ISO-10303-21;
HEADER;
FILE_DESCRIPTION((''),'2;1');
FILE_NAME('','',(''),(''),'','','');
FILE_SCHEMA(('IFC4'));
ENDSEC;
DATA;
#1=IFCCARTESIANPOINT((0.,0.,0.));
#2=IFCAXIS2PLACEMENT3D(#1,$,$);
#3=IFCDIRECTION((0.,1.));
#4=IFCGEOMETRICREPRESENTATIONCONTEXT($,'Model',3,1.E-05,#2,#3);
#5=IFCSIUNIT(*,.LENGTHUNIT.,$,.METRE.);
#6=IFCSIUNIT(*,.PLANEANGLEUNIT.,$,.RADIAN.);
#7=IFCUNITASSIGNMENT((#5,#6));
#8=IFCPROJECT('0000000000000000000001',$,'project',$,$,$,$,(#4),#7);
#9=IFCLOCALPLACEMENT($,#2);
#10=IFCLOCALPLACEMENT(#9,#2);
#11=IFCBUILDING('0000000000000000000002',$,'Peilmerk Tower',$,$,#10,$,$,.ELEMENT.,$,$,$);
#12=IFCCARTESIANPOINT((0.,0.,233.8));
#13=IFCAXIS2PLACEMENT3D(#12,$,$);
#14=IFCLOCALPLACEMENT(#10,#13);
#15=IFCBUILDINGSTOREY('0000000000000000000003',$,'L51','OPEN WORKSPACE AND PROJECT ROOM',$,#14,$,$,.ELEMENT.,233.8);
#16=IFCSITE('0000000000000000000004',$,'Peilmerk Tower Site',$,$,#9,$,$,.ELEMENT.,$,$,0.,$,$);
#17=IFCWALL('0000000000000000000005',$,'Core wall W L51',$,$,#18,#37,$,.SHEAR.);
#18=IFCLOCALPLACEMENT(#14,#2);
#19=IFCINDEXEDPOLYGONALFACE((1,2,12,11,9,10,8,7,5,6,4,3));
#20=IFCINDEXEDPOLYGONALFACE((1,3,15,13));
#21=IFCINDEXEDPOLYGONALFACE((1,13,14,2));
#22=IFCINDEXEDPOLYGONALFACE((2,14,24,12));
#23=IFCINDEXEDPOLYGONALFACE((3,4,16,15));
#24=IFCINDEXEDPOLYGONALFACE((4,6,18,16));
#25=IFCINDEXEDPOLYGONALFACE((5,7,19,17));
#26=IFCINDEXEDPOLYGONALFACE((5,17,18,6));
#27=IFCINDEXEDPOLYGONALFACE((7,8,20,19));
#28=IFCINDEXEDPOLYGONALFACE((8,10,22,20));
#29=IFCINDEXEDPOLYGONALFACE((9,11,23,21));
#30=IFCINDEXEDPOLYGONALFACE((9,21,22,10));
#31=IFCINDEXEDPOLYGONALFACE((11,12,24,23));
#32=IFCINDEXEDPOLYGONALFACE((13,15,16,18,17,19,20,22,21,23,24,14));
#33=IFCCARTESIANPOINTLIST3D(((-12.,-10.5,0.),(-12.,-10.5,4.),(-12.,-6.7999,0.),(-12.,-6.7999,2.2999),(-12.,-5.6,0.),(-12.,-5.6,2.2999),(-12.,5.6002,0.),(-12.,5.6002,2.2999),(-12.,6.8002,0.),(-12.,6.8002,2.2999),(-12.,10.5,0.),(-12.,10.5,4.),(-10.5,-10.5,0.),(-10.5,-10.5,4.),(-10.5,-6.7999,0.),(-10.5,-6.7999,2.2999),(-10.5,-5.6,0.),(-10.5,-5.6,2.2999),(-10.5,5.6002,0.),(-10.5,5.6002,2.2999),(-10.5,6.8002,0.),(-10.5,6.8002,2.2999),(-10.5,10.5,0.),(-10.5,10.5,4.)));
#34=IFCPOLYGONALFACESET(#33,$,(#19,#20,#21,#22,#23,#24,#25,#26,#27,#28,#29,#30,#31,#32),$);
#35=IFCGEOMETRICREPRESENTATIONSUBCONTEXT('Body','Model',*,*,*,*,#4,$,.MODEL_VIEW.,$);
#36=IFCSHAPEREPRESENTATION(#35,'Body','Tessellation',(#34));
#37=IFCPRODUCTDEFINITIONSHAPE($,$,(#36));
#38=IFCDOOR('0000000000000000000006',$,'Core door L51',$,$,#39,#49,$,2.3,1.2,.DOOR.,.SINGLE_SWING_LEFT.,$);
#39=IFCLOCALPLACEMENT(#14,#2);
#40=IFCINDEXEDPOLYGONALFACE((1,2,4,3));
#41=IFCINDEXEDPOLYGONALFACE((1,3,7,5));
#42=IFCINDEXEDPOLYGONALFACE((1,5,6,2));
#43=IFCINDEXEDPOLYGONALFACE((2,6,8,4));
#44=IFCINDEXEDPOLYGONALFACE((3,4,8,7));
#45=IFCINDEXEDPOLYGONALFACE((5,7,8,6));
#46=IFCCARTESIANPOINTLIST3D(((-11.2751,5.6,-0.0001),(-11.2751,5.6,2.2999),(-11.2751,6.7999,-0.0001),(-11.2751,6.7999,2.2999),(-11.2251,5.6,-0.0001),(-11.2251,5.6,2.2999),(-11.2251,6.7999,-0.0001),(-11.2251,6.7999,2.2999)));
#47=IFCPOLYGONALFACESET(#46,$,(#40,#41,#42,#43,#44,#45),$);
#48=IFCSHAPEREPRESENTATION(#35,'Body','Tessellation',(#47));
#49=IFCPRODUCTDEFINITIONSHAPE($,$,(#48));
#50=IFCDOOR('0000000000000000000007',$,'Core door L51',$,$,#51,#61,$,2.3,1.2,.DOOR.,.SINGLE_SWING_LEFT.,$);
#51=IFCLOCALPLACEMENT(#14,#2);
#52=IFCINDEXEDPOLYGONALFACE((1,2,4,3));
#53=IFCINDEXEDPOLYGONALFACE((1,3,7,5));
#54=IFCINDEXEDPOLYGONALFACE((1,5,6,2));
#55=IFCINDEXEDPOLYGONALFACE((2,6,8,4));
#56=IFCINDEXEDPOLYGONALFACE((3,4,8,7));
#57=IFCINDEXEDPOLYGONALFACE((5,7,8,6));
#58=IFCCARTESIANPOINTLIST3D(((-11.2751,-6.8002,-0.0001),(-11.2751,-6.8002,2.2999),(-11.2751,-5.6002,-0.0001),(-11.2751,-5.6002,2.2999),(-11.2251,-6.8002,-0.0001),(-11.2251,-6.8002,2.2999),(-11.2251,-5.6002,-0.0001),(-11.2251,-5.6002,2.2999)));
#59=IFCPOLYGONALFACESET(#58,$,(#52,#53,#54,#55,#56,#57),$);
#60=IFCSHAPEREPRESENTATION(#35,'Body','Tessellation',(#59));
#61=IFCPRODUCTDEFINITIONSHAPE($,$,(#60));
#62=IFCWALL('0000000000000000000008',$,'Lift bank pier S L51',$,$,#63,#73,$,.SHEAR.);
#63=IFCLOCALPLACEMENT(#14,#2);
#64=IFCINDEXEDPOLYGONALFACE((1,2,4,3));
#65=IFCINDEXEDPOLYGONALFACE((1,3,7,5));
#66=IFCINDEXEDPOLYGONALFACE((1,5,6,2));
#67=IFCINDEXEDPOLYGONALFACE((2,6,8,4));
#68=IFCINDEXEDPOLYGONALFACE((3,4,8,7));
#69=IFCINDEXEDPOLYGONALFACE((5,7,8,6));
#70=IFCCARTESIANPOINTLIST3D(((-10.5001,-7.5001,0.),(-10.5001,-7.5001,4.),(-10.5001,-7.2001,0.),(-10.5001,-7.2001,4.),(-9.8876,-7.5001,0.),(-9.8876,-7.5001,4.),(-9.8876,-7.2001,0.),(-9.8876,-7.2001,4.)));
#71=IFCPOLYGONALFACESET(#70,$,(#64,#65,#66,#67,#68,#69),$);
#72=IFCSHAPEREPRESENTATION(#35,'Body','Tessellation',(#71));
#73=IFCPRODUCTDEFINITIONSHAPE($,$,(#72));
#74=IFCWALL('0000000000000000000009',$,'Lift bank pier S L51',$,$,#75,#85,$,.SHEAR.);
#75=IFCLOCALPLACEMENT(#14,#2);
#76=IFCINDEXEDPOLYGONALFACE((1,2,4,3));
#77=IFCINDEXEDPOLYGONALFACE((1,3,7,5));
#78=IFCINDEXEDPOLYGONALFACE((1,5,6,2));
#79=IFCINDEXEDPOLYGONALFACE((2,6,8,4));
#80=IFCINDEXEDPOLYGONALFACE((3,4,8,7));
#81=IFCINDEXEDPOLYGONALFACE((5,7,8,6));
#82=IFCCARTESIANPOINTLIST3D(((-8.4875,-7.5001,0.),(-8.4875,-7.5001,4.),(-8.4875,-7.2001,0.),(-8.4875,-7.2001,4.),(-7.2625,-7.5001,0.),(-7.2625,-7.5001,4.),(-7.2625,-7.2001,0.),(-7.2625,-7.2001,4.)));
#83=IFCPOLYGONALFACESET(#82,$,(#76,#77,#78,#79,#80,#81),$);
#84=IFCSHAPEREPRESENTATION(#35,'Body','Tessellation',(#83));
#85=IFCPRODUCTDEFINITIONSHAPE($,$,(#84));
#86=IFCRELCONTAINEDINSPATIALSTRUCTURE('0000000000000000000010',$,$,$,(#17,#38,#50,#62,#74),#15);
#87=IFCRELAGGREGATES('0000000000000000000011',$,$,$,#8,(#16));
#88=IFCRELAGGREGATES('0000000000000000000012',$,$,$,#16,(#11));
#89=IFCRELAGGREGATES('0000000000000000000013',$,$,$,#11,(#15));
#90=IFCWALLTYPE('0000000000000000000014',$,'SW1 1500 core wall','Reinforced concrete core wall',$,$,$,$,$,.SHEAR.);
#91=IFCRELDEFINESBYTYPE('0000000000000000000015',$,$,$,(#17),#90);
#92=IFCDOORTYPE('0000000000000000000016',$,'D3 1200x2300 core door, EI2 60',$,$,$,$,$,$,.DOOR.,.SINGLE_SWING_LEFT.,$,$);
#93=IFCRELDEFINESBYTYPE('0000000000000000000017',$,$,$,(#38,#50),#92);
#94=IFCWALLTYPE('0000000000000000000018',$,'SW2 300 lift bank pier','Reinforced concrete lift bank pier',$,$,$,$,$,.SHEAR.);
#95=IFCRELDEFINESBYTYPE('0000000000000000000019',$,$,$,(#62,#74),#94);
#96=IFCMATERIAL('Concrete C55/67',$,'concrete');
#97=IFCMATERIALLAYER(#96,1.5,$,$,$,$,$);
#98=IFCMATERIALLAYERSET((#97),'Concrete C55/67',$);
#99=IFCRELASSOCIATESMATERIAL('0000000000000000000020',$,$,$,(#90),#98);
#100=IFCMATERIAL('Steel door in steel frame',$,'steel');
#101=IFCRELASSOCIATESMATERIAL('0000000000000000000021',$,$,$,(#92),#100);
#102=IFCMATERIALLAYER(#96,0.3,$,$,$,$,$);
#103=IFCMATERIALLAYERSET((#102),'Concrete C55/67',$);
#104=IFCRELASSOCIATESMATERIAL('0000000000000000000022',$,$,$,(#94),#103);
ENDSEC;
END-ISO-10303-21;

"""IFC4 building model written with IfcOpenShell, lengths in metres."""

from ifc_helpers import new_model, si_unit, direction, frame, frame_2d, origin, place, context, subcontext, project, spatial, rectangle, extrude, material, layer, layer_set, type_object, element, fill, save


model = new_model("IFC4")

# Units and contexts
model_context = context("Model", 3, precision=1e-05, world=origin(), true_north=direction((0.0, 1.0)))
body_context = subcontext(model_context, "Body", "Model", "MODEL_VIEW")
ifc_project = project(units=[si_unit("LENGTHUNIT", "METRE"), si_unit("PLANEANGLEUNIT", "RADIAN")], contexts=[model_context])

# Site, building, storey
site_placement = place(None, origin())
site = spatial("IfcSite", under=ifc_project, at=site_placement, Name="Peilmerk Tower Site", CompositionType="ELEMENT", RefElevation=0.0)
building_placement = place(site_placement, origin())
building = spatial("IfcBuilding", under=site, at=building_placement, Name="Peilmerk Tower", CompositionType="ELEMENT")
storey_placement = place(building_placement, frame((0.0, 0.0, 233.8)))
storey = spatial("IfcBuildingStorey", under=building, at=storey_placement, Name="L51", Description="OPEN WORKSPACE AND PROJECT ROOM", CompositionType="ELEMENT", Elevation=233.8)

# Wall, openings, doors
ifc_material_1 = material(Name="Concrete C55/67", Category="concrete")
ifc_layer_1 = layer(ifc_material_1, 1.5)
ifc_layer_set_1 = layer_set([ifc_layer_1], Name="Concrete C55/67")
wall_type_1 = type_object("IfcWallType", Name="SW1 1500 core wall", Description="Reinforced concrete core wall", PredefinedType="SHEAR", material=ifc_layer_set_1)
wall_1_placement = place(storey_placement, frame((-11.25, -10.5, 0.0), z_axis=(0.0, 0.0, 1.0), x_axis=(0.0, 1.0, 0.0)))
wall_1 = element("IfcWall", 1, at=wall_1_placement, inside=storey, type_object=wall_type_1, Name="Core wall W L51", PredefinedType="SHEAR", context=body_context, shape_type="SweptSolid", body=[
    extrude(rectangle(XDim=21.0, YDim=1.5, at=frame_2d((10.5, 0.0))), origin(), (0.0, 0.0, 1.0), 4.0),
])
opening_1_placement = place(wall_1_placement, frame((16.1001, 0.0, 0.0)))
opening_1 = element("IfcOpeningElement", 2, at=opening_1_placement, cuts=wall_1, PredefinedType="OPENING", context=body_context, shape_type="SweptSolid", body=[
    extrude(rectangle(XDim=1.2, YDim=2.3, at=frame_2d((0.6001, 1.1499))), frame((0.0, 0.76, 0.0), z_axis=(0.0, -1.0, 0.0), x_axis=(1.0, 0.0, 0.0)), (0.0, 0.0, 1.0), 1.52),
])
opening_2_placement = place(wall_1_placement, frame((3.7, 0.0, 0.0)))
opening_2 = element("IfcOpeningElement", 3, at=opening_2_placement, cuts=wall_1, PredefinedType="OPENING", context=body_context, shape_type="SweptSolid", body=[
    extrude(rectangle(XDim=1.2, YDim=2.3, at=frame_2d((0.6001, 1.1499))), frame((0.0, 0.76, 0.0), z_axis=(0.0, -1.0, 0.0), x_axis=(1.0, 0.0, 0.0)), (0.0, 0.0, 1.0), 1.52),
])
ifc_material_2 = material(Name="Steel door in steel frame", Category="steel")
door_type_1 = type_object("IfcDoorType", Name="D3 1200x2300 core door, EI2 60", OperationType="SINGLE_SWING_LEFT", PredefinedType="DOOR", material=ifc_material_2)
door_1_placement = place(opening_1_placement, frame((1.2, 0.0, 0.0), z_axis=(0.0, 0.0, 1.0), x_axis=(-1.0, 0.0, 0.0)))
door_1 = element("IfcDoor", 4, at=door_1_placement, inside=storey, type_object=door_type_1, Name="Core door L51", OperationType="SINGLE_SWING_LEFT", OverallHeight=2.3, OverallWidth=1.2, PredefinedType="DOOR", context=body_context, shape_type="SweptSolid", body=[
    extrude(rectangle(XDim=1.2, YDim=2.3, at=frame_2d((0.6001, 1.1499))), frame((0.0, 0.0249, 0.0), z_axis=(0.0, -1.0, 0.0), x_axis=(1.0, 0.0, 0.0)), (0.0, 0.0, 1.0), 0.05),
])
fill(opening_1, door_1)
door_2_placement = place(opening_2_placement, frame((1.2, 0.0, 0.0), z_axis=(0.0, 0.0, 1.0), x_axis=(-1.0, 0.0, 0.0)))
door_2 = element("IfcDoor", 5, at=door_2_placement, inside=storey, type_object=door_type_1, Name="Core door L51", OperationType="SINGLE_SWING_LEFT", OverallHeight=2.3, OverallWidth=1.2, PredefinedType="DOOR", context=body_context, shape_type="SweptSolid", body=[
    extrude(rectangle(XDim=1.2, YDim=2.3, at=frame_2d((0.6001, 1.1499))), frame((0.0, 0.0249, 0.0), z_axis=(0.0, -1.0, 0.0), x_axis=(1.0, 0.0, 0.0)), (0.0, 0.0, 1.0), 0.05),
])
fill(opening_2, door_2)

# Walls
ifc_layer_2 = layer(ifc_material_1, 0.3)
ifc_layer_set_2 = layer_set([ifc_layer_2], Name="Concrete C55/67")
wall_type_2 = type_object("IfcWallType", Name="SW2 300 lift bank pier", Description="Reinforced concrete lift bank pier", PredefinedType="SHEAR", material=ifc_layer_set_2)
wall_2_placement = place(storey_placement, frame((-10.5, -7.3501, 0.0), z_axis=(0.0, 0.0, 1.0), x_axis=(1.0, 0.0, 0.0)))
element("IfcWall", 6, at=wall_2_placement, inside=storey, type_object=wall_type_2, Name="Lift bank pier S L51", PredefinedType="SHEAR", context=body_context, shape_type="SweptSolid", body=[
    extrude(rectangle(XDim=0.6125, YDim=0.3, at=frame_2d((0.3062, 0.0))), origin(), (0.0, 0.0, 1.0), 4.0),
])
wall_3_placement = place(storey_placement, frame((-8.4875, -7.3501, 0.0), z_axis=(0.0, 0.0, 1.0), x_axis=(1.0, 0.0, 0.0)))
element("IfcWall", 7, at=wall_3_placement, inside=storey, type_object=wall_type_2, Name="Lift bank pier S L51", PredefinedType="SHEAR", context=body_context, shape_type="SweptSolid", body=[
    extrude(rectangle(XDim=1.2251, YDim=0.3, at=frame_2d((0.6125, 0.0))), origin(), (0.0, 0.0, 1.0), 4.0),
])

save(model, "model.ifc")
